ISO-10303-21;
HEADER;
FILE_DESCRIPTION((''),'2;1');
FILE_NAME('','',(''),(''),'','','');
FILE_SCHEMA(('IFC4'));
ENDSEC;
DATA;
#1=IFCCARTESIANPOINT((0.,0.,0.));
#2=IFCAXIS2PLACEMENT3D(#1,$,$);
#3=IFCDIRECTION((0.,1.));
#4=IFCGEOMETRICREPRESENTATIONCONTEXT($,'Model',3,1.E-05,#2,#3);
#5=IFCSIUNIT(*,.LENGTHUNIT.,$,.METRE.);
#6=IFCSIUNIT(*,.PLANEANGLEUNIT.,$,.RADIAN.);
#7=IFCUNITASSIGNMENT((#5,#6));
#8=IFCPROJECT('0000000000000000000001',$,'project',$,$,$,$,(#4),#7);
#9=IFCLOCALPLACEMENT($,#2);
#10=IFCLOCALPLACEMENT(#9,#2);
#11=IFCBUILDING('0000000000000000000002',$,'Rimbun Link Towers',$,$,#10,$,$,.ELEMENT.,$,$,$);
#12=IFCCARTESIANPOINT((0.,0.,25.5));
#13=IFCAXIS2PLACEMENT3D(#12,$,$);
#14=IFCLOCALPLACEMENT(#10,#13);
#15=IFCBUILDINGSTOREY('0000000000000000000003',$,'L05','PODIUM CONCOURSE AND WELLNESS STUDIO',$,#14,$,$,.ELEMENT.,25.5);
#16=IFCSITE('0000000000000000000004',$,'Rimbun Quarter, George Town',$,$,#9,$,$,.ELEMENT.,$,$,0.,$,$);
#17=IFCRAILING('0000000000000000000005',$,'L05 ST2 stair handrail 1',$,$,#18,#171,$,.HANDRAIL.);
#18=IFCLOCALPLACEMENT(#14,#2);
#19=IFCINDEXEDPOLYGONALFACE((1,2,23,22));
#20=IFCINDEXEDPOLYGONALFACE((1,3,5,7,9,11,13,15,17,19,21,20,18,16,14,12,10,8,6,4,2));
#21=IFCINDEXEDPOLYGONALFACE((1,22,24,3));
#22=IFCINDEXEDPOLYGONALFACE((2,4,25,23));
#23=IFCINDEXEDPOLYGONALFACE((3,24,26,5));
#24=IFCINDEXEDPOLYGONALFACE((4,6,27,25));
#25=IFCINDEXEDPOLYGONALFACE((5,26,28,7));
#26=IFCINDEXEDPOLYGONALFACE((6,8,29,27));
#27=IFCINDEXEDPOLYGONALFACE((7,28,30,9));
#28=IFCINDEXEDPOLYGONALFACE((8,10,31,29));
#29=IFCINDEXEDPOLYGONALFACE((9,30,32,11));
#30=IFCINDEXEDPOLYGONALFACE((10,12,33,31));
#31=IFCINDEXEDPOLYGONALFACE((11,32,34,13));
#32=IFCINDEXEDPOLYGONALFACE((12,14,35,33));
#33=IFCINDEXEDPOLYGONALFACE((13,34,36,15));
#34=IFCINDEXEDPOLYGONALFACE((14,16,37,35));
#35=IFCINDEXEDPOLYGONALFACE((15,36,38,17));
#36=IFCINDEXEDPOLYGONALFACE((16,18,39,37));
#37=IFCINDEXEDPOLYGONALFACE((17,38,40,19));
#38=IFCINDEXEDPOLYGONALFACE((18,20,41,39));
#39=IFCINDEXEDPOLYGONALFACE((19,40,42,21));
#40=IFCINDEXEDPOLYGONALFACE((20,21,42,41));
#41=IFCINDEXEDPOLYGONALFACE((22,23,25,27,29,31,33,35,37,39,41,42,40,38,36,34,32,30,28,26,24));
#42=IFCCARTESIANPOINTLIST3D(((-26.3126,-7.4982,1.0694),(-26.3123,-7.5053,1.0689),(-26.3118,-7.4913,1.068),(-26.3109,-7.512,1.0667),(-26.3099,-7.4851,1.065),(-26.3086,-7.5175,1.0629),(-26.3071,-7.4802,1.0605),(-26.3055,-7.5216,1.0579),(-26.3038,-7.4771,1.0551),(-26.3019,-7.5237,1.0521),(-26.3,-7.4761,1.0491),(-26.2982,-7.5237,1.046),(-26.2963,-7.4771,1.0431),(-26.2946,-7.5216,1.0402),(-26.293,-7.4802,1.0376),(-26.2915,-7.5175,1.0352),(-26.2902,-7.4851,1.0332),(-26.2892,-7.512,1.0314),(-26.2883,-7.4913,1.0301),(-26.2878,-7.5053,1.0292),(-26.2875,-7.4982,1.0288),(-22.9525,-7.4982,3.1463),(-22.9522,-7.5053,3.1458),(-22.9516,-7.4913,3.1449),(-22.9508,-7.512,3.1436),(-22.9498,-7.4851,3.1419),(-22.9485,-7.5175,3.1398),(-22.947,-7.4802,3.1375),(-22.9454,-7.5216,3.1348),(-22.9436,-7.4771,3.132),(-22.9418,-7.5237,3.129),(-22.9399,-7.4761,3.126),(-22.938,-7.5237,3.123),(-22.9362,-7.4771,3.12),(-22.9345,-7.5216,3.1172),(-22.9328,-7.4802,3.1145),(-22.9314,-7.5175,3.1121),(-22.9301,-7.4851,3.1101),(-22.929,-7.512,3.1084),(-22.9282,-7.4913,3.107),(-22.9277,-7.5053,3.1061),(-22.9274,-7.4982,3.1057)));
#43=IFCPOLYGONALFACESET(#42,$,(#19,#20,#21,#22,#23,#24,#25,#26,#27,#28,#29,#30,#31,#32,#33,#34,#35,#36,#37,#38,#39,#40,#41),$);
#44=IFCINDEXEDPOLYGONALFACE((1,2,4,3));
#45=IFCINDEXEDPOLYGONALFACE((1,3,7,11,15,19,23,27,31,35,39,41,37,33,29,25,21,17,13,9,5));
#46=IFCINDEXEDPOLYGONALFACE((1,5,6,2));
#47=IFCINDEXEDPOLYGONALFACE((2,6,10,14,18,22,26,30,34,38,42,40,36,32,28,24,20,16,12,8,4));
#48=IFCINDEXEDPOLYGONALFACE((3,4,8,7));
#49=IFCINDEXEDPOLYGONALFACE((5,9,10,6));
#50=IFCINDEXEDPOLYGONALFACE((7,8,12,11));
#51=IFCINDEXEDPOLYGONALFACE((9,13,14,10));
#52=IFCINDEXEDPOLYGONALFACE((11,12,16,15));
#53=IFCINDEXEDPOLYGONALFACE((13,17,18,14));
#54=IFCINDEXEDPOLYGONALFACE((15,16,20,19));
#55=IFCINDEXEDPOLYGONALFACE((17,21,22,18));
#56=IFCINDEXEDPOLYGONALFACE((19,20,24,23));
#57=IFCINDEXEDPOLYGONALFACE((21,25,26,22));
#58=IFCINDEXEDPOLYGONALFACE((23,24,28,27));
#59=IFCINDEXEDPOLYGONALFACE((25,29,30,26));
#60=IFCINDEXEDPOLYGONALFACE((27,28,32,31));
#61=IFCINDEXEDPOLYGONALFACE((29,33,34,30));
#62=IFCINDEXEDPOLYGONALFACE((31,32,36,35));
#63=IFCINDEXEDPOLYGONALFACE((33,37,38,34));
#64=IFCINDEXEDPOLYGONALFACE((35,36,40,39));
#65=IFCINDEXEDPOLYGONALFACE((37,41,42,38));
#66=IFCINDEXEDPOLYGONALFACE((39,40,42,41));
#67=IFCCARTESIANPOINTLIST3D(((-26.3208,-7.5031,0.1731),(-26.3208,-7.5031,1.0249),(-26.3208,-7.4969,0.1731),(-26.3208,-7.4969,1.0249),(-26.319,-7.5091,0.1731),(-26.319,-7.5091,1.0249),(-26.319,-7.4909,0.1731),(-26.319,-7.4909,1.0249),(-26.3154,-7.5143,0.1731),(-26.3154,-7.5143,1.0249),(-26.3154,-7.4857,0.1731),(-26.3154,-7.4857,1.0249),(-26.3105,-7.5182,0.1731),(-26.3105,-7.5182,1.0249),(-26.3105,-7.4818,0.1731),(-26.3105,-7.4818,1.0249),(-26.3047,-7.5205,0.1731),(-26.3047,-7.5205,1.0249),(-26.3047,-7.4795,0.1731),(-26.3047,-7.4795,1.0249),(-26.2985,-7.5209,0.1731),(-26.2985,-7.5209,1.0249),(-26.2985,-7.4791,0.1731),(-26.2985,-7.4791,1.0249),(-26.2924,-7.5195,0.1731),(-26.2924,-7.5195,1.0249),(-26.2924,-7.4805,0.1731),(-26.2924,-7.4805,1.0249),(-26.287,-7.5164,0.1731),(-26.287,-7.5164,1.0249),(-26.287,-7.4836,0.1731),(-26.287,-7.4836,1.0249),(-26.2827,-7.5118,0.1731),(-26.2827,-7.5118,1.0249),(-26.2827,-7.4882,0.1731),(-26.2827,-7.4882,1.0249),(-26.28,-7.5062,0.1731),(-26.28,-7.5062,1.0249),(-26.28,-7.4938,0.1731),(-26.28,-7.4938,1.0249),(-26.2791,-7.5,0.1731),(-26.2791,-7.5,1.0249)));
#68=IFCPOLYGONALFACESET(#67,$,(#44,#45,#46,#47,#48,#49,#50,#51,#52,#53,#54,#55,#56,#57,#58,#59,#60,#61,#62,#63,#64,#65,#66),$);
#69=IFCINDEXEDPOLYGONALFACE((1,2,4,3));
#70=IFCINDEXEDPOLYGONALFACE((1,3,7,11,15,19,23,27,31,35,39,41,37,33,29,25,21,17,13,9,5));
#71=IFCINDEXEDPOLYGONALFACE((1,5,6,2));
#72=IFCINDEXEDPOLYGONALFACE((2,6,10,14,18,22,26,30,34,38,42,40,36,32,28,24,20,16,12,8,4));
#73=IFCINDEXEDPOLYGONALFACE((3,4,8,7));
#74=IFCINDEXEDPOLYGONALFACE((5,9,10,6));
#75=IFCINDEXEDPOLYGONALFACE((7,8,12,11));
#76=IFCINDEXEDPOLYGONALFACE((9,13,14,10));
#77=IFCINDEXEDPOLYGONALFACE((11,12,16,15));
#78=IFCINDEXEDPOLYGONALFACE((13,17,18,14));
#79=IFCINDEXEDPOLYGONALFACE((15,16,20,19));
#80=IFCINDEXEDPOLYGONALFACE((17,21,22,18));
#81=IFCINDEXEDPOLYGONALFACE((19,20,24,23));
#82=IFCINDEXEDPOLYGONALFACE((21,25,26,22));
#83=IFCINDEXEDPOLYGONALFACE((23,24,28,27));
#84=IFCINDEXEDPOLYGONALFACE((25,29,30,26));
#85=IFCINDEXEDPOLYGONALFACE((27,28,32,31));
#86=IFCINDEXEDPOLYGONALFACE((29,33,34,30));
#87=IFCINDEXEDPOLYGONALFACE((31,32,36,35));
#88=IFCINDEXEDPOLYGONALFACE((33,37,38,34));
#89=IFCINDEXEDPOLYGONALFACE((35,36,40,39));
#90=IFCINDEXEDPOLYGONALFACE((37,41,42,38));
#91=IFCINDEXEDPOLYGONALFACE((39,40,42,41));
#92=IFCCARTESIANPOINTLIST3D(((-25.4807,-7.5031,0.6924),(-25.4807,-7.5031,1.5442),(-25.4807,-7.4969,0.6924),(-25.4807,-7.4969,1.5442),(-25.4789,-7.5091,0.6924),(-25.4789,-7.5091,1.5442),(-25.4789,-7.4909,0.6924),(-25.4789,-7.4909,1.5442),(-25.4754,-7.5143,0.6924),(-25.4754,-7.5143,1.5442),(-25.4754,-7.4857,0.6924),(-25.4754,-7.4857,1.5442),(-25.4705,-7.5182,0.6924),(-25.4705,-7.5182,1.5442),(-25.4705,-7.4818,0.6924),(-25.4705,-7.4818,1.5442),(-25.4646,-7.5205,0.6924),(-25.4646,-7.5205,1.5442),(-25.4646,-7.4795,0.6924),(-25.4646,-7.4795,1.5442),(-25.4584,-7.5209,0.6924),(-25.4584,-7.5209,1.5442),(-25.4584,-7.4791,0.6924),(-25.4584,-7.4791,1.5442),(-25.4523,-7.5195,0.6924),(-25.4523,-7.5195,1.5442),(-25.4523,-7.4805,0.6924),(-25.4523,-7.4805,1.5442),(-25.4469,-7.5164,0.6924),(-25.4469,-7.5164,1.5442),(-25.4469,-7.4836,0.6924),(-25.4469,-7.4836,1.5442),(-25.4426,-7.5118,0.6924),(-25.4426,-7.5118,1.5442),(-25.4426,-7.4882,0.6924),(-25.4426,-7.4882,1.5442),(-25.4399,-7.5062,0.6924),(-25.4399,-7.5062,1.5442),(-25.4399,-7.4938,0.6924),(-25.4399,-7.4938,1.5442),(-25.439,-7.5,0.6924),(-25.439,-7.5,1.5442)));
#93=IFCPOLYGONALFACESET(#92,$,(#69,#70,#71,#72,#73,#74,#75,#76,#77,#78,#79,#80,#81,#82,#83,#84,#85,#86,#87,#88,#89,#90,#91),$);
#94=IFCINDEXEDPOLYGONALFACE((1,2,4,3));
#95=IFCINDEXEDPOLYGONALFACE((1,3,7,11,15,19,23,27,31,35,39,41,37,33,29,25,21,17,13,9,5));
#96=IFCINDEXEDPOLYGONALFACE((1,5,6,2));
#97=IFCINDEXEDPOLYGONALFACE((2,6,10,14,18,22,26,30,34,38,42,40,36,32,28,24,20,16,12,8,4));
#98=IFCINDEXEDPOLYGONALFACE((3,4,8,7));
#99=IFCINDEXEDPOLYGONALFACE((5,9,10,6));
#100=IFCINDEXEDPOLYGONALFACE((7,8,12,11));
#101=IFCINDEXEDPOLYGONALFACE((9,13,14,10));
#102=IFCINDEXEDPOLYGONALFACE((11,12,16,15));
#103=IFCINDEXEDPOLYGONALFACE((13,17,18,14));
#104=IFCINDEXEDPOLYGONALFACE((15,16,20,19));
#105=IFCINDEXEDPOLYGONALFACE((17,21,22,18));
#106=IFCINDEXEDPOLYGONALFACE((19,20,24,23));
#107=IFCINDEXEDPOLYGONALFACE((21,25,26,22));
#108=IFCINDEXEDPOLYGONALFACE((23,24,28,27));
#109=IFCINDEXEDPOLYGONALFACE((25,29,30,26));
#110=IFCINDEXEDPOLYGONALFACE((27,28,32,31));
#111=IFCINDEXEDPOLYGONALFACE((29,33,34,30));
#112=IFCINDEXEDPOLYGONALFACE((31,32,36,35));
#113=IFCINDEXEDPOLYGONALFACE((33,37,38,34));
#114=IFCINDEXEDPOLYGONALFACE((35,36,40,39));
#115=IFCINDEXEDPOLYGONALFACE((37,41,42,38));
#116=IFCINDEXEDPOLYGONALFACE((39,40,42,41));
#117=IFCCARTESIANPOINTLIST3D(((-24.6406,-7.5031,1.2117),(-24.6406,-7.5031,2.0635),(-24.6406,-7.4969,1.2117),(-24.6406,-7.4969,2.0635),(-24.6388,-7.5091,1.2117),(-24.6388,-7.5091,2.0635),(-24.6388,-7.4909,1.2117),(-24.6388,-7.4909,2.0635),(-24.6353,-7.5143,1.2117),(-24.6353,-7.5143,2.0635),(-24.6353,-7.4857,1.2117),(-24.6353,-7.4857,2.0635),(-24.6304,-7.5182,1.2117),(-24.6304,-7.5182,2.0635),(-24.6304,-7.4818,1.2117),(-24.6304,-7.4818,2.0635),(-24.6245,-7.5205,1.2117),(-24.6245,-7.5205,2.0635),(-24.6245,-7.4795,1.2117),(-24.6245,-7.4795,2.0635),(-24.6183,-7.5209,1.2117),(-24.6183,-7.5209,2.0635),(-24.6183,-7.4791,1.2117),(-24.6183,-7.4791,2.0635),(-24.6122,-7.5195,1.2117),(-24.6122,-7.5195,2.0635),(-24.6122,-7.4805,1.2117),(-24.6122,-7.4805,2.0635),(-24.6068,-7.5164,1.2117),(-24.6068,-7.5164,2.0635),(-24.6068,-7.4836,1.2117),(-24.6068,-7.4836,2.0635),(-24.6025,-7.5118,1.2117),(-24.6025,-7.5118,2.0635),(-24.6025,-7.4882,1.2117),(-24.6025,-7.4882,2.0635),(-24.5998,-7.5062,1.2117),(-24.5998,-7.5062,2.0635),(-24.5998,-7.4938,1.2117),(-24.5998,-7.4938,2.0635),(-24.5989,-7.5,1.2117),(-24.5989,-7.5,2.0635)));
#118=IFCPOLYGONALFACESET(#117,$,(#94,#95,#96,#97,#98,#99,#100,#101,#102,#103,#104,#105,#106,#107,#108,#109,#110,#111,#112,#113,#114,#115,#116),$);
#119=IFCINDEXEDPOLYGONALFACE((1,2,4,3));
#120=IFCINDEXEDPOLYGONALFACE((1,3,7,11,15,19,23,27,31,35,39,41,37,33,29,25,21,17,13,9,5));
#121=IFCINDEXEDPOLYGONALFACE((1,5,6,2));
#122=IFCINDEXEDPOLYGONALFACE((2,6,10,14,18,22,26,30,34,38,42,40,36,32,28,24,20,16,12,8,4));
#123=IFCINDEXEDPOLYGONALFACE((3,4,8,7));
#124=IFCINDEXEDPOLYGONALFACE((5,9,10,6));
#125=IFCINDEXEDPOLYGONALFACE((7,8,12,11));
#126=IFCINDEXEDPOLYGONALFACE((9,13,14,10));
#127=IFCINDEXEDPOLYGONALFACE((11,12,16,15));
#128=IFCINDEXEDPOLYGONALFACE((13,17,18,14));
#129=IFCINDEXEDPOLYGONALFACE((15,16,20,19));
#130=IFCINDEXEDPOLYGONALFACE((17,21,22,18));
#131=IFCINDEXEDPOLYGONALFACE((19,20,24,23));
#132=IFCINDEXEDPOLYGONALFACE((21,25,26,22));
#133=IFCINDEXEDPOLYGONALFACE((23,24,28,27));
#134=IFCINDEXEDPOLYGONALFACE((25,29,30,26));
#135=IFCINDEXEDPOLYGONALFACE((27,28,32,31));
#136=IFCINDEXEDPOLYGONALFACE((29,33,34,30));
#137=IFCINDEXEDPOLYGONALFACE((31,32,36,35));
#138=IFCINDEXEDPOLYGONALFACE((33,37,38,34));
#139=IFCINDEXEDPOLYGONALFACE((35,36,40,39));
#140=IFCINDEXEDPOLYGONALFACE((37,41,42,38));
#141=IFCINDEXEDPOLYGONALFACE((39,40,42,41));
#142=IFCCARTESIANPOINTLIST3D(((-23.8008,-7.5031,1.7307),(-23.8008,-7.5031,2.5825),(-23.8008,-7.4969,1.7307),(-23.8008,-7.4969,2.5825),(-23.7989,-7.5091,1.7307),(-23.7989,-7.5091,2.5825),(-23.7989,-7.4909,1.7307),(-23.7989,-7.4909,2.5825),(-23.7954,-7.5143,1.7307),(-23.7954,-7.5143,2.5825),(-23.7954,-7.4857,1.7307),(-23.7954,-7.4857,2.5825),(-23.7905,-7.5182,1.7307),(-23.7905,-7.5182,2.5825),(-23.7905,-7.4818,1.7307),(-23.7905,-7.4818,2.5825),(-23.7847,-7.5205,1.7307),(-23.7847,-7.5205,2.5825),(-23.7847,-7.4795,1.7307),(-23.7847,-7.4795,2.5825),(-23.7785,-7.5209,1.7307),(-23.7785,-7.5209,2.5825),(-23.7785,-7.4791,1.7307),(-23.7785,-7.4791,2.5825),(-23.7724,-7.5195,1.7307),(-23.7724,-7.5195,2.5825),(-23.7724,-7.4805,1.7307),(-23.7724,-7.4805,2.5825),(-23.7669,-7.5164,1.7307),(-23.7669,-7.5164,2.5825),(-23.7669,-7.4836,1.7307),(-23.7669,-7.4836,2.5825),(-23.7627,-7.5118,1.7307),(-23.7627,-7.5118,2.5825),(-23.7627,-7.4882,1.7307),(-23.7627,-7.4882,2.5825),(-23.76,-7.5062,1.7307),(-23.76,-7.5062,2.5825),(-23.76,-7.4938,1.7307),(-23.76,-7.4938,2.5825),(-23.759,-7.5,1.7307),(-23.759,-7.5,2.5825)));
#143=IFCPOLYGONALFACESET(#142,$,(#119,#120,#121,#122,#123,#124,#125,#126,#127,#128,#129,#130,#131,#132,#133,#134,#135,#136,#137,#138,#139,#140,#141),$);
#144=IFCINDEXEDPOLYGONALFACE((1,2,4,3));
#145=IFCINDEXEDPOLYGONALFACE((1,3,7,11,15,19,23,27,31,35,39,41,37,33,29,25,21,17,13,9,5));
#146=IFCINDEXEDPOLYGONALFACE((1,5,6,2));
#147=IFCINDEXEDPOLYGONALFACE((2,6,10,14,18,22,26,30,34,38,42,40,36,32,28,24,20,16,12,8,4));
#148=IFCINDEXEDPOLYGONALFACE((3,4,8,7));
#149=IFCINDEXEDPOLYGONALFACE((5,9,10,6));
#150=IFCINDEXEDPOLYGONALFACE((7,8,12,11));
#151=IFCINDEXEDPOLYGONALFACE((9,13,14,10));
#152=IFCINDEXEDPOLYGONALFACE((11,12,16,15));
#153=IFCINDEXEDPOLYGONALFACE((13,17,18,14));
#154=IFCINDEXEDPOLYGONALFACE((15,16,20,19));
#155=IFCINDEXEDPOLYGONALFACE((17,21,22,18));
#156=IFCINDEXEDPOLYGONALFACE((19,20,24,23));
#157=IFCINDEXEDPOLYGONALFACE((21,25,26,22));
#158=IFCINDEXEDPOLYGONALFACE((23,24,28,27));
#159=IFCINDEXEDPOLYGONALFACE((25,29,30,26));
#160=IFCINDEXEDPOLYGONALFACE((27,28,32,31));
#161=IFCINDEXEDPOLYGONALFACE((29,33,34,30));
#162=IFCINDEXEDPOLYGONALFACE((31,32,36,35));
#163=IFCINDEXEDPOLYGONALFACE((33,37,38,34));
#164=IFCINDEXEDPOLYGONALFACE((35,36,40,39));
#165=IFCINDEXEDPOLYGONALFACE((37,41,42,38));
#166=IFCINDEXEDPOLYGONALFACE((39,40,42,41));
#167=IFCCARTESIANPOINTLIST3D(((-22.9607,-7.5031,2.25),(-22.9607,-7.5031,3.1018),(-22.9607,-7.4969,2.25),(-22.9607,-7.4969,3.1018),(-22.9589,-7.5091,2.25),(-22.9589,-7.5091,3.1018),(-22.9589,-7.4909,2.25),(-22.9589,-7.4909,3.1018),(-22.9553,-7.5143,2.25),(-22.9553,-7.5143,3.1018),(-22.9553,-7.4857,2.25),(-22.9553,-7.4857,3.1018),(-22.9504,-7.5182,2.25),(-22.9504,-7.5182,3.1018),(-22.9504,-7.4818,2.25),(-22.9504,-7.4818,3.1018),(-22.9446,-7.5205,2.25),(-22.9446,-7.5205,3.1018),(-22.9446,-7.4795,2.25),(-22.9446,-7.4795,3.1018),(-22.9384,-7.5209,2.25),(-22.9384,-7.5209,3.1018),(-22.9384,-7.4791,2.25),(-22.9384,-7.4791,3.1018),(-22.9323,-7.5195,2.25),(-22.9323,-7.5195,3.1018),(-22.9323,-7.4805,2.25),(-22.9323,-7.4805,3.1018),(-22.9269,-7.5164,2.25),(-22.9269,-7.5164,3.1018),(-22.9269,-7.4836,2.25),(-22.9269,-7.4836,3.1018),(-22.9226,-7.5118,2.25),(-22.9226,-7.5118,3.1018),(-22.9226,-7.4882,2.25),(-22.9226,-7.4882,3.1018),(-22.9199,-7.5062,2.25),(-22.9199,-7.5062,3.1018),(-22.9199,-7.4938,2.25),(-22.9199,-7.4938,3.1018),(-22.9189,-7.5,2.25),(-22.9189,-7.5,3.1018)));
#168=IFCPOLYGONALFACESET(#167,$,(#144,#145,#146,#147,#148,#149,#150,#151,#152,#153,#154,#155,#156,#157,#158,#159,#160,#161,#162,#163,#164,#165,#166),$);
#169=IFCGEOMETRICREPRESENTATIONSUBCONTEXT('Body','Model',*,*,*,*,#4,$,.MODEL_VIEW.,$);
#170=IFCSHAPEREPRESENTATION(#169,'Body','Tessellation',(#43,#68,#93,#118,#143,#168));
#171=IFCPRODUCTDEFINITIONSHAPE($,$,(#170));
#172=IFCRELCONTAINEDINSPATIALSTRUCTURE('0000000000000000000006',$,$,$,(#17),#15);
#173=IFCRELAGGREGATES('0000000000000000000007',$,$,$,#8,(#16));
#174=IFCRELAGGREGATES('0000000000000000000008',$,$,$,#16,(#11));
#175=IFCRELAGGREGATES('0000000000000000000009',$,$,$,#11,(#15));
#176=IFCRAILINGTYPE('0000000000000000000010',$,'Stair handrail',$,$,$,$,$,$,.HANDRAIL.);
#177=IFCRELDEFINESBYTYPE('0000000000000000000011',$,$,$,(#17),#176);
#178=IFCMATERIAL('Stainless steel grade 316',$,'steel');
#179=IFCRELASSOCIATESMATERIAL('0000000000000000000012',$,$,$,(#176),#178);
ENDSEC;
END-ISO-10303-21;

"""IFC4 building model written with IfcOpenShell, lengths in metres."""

from ifc_helpers import new_model, si_unit, direction, frame, origin, origin_2d, place, context, subcontext, project, spatial, circle, extrude, material, type_object, element, save


model = new_model("IFC4")

# Units and contexts
model_context = context("Model", 3, precision=1e-05, world=origin(), true_north=direction((0.0, 1.0)))
body_context = subcontext(model_context, "Body", "Model", "MODEL_VIEW")
ifc_project = project(units=[si_unit("LENGTHUNIT", "METRE"), si_unit("PLANEANGLEUNIT", "RADIAN")], contexts=[model_context])

# Site, building, storey
site_placement = place(None, origin())
site = spatial("IfcSite", under=ifc_project, at=site_placement, Name="Rimbun Quarter, George Town", CompositionType="ELEMENT", RefElevation=0.0)
building_placement = place(site_placement, origin())
building = spatial("IfcBuilding", under=site, at=building_placement, Name="Rimbun Link Towers", CompositionType="ELEMENT")
storey_placement = place(building_placement, frame((0.0, 0.0, 25.5)))
storey = spatial("IfcBuildingStorey", under=building, at=storey_placement, Name="L05", Description="PODIUM CONCOURSE AND WELLNESS STUDIO", CompositionType="ELEMENT", Elevation=25.5)

# Railing
ifc_material_1 = material(Name="Stainless steel grade 316", Category="steel")
railing_type_1 = type_object("IfcRailingType", Name="Stair handrail", PredefinedType="HANDRAIL", material=ifc_material_1)
railing_1_placement = place(storey_placement, frame((-26.3, -7.5, 0.1731)))
element("IfcRailing", 1, at=railing_1_placement, inside=storey, type_object=railing_type_1, Name="L05 ST2 stair handrail 1", PredefinedType="HANDRAIL", context=body_context, shape_type="SweptSolid", body=[
    extrude(circle(Radius=0.0239, at=origin_2d()), frame((0.0, 0.0, 0.876), z_axis=(0.850623, 0.0, 0.525776), x_axis=(0.0, 1.0, 0.0)), (0.0, 0.0, 1.0), 3.9502),
    extrude(circle(Radius=0.021, at=origin_2d()), origin(), (0.0, 0.0, 1.0), 0.8518),
    extrude(circle(Radius=0.021, at=origin_2d()), frame((0.8401, 0.0, 0.5193)), (0.0, 0.0, 1.0), 0.8518),
    extrude(circle(Radius=0.021, at=origin_2d()), frame((1.6802, 0.0, 1.0386)), (0.0, 0.0, 1.0), 0.8518),
    extrude(circle(Radius=0.021, at=origin_2d()), frame((2.52, 0.0, 1.5576)), (0.0, 0.0, 1.0), 0.8518),
    extrude(circle(Radius=0.021, at=origin_2d()), frame((3.3601, 0.0, 2.0769)), (0.0, 0.0, 1.0), 0.8518),
])

save(model, "model.ifc")
